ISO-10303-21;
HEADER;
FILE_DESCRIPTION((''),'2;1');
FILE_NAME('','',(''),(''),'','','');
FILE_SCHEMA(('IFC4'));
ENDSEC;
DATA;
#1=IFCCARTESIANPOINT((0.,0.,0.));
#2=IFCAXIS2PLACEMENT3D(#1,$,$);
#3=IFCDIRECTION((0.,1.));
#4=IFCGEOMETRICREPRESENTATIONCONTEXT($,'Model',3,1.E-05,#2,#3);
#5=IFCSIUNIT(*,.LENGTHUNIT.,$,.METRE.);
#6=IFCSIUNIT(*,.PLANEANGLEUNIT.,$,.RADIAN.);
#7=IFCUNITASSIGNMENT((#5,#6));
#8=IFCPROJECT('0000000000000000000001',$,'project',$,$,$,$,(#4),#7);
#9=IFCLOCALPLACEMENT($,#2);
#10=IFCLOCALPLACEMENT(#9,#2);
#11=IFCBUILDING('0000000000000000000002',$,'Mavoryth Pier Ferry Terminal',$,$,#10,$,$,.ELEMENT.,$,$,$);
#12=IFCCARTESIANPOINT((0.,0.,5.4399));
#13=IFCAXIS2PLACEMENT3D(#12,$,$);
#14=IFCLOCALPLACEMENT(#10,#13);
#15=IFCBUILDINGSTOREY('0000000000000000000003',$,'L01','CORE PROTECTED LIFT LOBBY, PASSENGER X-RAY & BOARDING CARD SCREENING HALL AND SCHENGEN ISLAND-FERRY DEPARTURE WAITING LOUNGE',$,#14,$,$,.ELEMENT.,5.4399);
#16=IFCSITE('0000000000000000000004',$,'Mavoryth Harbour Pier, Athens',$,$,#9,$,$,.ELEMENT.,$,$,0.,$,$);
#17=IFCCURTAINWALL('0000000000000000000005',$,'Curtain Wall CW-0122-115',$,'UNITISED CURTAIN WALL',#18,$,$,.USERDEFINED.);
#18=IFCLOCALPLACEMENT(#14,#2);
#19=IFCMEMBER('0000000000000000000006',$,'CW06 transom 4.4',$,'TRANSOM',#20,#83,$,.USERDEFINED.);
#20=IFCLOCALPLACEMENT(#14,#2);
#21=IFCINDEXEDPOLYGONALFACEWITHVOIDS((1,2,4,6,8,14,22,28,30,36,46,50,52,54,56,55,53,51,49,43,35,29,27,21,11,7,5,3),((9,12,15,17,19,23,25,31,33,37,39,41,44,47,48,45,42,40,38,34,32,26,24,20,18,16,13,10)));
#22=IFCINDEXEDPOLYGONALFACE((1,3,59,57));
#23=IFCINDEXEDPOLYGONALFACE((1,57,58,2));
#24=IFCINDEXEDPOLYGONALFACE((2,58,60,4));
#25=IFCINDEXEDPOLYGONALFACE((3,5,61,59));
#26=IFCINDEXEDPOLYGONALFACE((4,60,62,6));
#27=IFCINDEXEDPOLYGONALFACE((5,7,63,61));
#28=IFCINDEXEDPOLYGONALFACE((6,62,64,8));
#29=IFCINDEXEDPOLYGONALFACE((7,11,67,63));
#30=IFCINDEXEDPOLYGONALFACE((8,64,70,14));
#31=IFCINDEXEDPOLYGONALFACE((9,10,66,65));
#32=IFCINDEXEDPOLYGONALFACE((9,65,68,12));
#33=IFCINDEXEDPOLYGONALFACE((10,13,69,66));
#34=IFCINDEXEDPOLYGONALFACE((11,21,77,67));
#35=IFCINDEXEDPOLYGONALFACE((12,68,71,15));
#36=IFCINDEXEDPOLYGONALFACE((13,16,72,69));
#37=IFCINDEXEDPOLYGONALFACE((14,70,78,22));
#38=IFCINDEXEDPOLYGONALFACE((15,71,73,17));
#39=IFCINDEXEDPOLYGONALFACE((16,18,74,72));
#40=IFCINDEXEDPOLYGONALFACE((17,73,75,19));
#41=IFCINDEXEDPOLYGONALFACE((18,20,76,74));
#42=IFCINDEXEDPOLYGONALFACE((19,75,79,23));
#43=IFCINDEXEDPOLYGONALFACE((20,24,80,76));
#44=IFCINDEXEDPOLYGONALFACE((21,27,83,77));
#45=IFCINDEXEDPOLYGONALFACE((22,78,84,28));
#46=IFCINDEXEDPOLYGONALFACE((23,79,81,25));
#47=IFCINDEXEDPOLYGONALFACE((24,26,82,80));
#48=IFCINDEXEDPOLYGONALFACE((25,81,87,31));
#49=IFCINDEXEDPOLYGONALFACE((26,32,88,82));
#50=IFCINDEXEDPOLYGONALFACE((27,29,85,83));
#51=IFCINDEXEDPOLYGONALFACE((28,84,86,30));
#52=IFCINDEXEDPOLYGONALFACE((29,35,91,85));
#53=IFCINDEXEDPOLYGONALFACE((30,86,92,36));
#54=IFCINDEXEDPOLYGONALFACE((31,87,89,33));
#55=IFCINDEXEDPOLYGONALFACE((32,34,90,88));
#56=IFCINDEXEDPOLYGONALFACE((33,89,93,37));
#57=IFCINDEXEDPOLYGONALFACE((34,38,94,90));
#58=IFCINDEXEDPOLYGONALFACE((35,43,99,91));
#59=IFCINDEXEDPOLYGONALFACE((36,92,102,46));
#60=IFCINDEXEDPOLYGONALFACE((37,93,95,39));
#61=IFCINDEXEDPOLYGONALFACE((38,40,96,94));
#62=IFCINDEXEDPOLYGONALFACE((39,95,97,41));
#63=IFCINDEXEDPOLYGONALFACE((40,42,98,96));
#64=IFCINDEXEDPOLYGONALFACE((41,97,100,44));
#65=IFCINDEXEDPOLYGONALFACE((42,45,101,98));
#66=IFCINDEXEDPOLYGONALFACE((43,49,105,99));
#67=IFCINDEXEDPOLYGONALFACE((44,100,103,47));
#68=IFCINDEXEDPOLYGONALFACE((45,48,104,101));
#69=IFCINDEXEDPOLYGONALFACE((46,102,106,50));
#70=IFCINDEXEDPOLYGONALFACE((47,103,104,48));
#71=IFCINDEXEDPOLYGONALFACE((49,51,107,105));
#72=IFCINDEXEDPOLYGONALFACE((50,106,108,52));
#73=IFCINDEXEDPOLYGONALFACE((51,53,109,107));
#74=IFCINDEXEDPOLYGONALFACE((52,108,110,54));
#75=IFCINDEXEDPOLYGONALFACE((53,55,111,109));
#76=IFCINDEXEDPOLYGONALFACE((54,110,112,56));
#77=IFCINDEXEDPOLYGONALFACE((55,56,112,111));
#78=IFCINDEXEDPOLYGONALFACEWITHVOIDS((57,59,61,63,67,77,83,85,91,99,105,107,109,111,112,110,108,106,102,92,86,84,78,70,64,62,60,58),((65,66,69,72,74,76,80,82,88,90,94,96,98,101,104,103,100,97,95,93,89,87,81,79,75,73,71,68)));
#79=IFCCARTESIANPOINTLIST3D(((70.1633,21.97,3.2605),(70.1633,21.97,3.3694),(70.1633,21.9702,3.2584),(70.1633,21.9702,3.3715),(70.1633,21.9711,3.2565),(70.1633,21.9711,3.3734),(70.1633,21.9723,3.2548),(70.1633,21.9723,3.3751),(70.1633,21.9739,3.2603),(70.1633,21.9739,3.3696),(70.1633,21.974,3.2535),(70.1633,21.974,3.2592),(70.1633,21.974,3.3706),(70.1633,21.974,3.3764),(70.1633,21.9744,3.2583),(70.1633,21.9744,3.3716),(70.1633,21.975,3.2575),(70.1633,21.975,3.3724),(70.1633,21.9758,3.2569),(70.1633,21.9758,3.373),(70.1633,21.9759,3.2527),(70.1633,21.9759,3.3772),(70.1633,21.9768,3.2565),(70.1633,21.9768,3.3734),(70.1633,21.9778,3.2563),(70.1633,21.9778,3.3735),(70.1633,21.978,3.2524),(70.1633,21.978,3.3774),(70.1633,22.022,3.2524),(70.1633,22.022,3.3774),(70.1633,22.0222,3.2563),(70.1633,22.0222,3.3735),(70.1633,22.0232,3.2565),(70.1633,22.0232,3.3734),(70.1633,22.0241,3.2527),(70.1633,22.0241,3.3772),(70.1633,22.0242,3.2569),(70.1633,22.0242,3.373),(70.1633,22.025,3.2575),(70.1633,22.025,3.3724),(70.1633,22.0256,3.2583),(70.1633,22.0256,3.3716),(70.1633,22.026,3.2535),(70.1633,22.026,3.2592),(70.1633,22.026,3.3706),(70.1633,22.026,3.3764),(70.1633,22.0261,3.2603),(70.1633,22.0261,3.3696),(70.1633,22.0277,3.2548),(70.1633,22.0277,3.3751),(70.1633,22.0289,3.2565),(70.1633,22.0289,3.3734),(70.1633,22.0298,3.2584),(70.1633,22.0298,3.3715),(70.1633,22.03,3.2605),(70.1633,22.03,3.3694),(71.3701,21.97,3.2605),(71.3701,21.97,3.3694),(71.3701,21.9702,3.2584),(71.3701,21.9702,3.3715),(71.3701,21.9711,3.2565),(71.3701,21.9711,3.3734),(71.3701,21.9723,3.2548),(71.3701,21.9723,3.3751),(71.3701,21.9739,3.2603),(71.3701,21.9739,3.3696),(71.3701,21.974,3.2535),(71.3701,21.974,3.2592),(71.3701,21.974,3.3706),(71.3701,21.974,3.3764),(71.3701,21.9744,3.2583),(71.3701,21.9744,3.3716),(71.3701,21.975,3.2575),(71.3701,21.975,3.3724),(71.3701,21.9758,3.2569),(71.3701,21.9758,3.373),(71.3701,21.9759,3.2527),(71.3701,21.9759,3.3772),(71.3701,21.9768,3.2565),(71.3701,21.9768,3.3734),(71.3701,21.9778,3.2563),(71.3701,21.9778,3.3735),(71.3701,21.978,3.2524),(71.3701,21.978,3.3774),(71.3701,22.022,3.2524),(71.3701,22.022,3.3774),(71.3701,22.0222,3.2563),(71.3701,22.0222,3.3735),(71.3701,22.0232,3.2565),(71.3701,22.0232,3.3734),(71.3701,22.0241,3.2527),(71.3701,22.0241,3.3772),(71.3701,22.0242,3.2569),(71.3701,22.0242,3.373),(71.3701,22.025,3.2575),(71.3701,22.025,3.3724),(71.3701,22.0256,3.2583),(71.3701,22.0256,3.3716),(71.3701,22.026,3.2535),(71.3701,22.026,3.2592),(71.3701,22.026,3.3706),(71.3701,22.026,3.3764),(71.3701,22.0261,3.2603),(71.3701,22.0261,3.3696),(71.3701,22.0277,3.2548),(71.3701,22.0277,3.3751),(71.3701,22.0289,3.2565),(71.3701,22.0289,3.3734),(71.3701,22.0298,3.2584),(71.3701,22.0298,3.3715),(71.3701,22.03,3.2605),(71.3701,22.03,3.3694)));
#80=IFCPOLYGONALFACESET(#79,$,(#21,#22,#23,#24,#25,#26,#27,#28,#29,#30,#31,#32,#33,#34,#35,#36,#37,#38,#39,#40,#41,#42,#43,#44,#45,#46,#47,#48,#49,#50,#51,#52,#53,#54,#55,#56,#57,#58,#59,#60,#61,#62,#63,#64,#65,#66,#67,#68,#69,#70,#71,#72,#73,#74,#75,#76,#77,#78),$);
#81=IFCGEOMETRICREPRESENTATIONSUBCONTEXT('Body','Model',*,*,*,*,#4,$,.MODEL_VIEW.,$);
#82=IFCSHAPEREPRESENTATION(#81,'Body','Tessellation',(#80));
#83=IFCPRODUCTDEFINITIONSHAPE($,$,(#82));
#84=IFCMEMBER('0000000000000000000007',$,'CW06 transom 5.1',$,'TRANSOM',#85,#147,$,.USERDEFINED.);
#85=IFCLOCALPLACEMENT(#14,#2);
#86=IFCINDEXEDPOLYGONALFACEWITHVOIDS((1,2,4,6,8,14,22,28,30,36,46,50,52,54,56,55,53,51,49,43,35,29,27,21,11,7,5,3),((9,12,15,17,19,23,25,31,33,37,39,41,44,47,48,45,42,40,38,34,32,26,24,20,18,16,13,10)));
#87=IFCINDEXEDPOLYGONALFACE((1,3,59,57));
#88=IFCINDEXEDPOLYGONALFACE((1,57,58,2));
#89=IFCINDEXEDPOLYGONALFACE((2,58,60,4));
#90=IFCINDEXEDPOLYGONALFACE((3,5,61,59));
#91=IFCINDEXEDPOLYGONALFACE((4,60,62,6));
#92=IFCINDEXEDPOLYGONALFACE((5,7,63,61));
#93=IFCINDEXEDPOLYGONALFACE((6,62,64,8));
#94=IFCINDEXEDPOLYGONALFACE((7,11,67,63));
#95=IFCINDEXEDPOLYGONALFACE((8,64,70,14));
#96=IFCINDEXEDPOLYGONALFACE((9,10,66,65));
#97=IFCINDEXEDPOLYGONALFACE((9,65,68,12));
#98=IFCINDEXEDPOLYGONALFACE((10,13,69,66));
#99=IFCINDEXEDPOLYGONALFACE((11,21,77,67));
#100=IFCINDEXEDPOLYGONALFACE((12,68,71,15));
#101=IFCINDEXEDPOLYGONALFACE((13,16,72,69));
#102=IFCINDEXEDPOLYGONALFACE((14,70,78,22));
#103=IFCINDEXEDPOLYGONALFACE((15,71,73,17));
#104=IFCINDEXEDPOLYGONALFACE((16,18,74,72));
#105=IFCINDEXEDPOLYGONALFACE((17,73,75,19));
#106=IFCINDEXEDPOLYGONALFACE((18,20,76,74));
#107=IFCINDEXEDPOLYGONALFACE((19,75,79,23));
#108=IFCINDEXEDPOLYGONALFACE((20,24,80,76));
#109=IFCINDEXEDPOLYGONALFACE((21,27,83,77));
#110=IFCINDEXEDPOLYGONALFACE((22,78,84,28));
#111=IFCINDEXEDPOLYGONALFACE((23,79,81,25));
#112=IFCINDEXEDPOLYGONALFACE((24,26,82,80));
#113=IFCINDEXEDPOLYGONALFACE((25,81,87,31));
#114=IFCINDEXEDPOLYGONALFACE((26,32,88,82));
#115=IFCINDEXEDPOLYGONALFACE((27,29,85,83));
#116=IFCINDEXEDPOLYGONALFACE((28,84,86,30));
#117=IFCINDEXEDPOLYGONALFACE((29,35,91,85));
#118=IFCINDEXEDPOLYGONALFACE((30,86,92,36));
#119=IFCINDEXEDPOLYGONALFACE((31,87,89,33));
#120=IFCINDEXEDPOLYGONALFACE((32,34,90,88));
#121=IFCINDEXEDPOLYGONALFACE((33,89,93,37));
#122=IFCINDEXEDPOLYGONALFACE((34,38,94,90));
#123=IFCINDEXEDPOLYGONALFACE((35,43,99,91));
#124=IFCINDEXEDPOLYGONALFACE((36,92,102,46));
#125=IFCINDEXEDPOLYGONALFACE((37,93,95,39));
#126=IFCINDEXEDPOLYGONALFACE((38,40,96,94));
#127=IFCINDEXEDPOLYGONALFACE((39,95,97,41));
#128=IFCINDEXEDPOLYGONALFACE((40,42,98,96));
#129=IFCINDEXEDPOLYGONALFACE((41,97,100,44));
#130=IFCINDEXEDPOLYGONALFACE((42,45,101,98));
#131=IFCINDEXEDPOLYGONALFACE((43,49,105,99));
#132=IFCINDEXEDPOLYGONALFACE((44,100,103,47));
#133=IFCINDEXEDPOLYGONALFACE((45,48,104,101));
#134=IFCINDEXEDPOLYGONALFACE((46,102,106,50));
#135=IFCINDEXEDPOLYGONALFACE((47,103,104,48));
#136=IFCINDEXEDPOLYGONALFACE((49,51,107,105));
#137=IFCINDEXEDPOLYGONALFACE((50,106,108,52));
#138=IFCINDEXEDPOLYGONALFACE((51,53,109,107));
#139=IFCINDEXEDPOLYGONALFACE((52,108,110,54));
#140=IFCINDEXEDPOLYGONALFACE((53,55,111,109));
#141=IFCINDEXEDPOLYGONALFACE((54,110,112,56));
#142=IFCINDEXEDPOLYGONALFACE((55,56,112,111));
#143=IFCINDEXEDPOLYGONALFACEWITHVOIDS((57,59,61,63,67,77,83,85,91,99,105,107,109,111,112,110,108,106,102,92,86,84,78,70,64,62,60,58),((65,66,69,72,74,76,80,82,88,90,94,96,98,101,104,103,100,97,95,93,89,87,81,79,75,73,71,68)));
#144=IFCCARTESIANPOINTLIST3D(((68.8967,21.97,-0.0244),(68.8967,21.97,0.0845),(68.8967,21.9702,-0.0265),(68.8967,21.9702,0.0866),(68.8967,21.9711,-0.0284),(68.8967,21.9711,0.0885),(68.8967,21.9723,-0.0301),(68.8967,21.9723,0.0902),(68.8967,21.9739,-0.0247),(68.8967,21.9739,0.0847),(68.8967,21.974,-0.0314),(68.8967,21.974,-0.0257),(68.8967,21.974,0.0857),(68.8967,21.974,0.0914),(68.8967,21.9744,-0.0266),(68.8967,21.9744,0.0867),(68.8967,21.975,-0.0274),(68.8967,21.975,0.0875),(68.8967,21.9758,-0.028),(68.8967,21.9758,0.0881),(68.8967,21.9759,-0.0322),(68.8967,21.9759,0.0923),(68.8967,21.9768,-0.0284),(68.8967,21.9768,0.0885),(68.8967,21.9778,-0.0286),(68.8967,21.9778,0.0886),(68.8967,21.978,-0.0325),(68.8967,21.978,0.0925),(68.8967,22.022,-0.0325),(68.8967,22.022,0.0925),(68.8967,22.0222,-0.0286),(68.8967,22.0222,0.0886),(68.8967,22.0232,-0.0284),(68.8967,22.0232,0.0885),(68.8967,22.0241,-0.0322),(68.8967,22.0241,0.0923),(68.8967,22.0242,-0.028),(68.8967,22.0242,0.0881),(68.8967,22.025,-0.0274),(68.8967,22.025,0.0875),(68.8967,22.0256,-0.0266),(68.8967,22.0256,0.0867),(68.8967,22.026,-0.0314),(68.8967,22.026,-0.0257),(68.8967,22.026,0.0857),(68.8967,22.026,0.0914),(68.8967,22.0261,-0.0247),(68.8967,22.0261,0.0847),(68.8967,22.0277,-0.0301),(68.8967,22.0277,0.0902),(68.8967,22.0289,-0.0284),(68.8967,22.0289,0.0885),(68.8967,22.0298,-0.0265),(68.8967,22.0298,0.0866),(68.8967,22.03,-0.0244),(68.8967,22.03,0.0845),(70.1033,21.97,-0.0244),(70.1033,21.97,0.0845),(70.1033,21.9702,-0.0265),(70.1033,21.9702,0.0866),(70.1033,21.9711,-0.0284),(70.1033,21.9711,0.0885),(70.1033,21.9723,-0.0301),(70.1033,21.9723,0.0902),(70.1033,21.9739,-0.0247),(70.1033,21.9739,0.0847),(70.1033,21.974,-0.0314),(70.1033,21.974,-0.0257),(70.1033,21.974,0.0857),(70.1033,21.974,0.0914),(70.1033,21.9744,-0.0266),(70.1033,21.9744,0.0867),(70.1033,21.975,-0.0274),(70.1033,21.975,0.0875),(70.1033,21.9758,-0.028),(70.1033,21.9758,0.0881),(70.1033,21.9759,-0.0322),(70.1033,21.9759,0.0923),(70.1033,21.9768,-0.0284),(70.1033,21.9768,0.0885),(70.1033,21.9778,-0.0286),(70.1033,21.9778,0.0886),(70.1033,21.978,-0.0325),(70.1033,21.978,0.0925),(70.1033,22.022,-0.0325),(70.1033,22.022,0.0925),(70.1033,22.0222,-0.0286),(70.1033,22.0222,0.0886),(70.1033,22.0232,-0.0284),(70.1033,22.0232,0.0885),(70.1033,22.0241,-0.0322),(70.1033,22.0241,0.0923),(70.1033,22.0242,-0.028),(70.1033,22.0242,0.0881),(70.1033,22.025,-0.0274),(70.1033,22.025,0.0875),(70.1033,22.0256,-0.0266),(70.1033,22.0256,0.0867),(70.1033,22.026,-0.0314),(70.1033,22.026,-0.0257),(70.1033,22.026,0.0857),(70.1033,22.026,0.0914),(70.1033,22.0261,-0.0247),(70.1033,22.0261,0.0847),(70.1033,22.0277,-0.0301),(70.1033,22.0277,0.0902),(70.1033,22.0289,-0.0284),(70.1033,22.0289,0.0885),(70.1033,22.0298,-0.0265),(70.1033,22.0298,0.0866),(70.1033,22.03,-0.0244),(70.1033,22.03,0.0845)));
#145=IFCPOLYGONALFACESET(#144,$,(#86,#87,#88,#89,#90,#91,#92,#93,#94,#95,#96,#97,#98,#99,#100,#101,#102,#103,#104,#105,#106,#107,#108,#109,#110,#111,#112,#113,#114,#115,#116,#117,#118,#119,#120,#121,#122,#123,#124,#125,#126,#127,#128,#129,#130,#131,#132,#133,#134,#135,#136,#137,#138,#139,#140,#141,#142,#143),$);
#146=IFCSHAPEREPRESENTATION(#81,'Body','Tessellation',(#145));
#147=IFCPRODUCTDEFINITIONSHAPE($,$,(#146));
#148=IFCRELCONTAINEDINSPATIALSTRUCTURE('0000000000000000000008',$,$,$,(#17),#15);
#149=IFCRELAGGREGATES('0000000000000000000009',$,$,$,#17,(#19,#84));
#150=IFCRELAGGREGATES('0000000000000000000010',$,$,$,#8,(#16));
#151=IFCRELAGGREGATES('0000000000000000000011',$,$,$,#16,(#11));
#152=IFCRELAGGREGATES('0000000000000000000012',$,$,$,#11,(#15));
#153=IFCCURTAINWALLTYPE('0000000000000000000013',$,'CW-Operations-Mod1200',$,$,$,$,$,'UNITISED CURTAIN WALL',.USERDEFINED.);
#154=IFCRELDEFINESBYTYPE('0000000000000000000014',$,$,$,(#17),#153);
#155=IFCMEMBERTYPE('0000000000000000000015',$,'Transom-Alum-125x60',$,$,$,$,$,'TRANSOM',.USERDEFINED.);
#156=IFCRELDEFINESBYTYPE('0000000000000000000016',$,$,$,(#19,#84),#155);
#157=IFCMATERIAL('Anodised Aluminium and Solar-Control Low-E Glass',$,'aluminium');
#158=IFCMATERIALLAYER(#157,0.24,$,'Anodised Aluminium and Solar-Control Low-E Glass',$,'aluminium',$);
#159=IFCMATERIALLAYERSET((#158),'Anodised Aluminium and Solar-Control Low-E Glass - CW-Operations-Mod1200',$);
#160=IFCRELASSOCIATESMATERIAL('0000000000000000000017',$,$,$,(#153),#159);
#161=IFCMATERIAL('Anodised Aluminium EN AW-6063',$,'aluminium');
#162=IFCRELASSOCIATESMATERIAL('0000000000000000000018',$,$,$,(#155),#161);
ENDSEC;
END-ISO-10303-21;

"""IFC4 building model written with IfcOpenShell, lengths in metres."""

from ifc_helpers import new_model, si_unit, direction, frame, origin, origin_2d, place, context, subcontext, project, spatial, hollow_rectangle, extrude, material, layer, layer_set, material_profile, profile_set, type_object, element, aggregate, save


model = new_model("IFC4")

# Units and contexts
model_context = context("Model", 3, precision=1e-05, world=origin(), true_north=direction((0.0, 1.0)))
body_context = subcontext(model_context, "Body", "Model", "MODEL_VIEW")
ifc_project = project(units=[si_unit("LENGTHUNIT", "METRE"), si_unit("PLANEANGLEUNIT", "RADIAN")], contexts=[model_context])

# Site, building, storey
site_placement = place(None, origin())
site = spatial("IfcSite", under=ifc_project, at=site_placement, Name="Mavoryth Harbour Pier, Athens", CompositionType="ELEMENT", RefElevation=0.0)
building_placement = place(site_placement, origin())
building = spatial("IfcBuilding", under=site, at=building_placement, Name="Mavoryth Pier Ferry Terminal", CompositionType="ELEMENT")
storey_placement = place(building_placement, frame((0.0, 0.0, 5.4399)))
storey = spatial("IfcBuildingStorey", under=building, at=storey_placement, Name="L01", Description="CORE PROTECTED LIFT LOBBY, PASSENGER X-RAY & BOARDING CARD SCREENING HALL AND SCHENGEN ISLAND-FERRY DEPARTURE WAITING LOUNGE", CompositionType="ELEMENT", Elevation=5.4399)

# Curtain wall
ifc_material_1 = material(Name="Anodised Aluminium and Solar-Control Low-E Glass", Category="aluminium")
ifc_layer_1 = layer(ifc_material_1, 0.24, Name="Anodised Aluminium and Solar-Control Low-E Glass", Category="aluminium")
ifc_layer_set_1 = layer_set([ifc_layer_1], Name="Anodised Aluminium and Solar-Control Low-E Glass - CW-Operations-Mod1200")
curtain_wall_type = type_object("IfcCurtainWallType", Name="CW-Operations-Mod1200", ElementType="UNITISED CURTAIN WALL", PredefinedType="USERDEFINED", material=ifc_layer_set_1)
ifc_material_2 = material(Name="Anodised Aluminium EN AW-6063", Category="aluminium")
curtain_wall_1_placement = place(storey_placement, origin())
curtain_wall_1 = element("IfcCurtainWall", 1, at=curtain_wall_1_placement, inside=storey, type_object=curtain_wall_type, Name="Curtain Wall CW-0122-115", ObjectType="UNITISED CURTAIN WALL", PredefinedType="USERDEFINED")

# Members
ifc_material_profile_1 = material_profile(ifc_material_2, hollow_rectangle(XDim=0.0601, YDim=0.125, WallThickness=0.0039, InnerFilletRadius=0.0039, OuterFilletRadius=0.0081, at=origin_2d()), Name="AL-TRAN 125x60x4", Category="aluminium")
ifc_profile_set_1 = profile_set([ifc_material_profile_1], Name="Anodised Aluminium EN AW-6063 - AL-TRAN 125x60x4")
member_type_1 = type_object("IfcMemberType", Name="Transom-Alum-125x60", ElementType="TRANSOM", PredefinedType="USERDEFINED", material=ifc_profile_set_1)
member_1_placement = place(storey_placement, frame((71.3701, 22.0, 3.3149), z_axis=(-1.0, 0.0, 0.0), x_axis=(0.0, -1.0, 0.0)))
member_1 = element("IfcMember", 2, at=member_1_placement, type_object=member_type_1, Name="CW06 transom 4.4", ObjectType="TRANSOM", PredefinedType="USERDEFINED", context=body_context, shape_type="SweptSolid", body=[
    extrude(hollow_rectangle(XDim=0.0601, YDim=0.125, WallThickness=0.0039, InnerFilletRadius=0.0039, OuterFilletRadius=0.0081, at=origin_2d()), origin(), (0.0, 0.0, 1.0), 1.2068),
])
member_2_placement = place(storey_placement, frame((70.1033, 22.0, 0.03), z_axis=(-1.0, 0.0, 0.0), x_axis=(0.0, -1.0, 0.0)))
member_2 = element("IfcMember", 3, at=member_2_placement, type_object=member_type_1, Name="CW06 transom 5.1", ObjectType="TRANSOM", PredefinedType="USERDEFINED", context=body_context, shape_type="SweptSolid", body=[
    extrude(hollow_rectangle(XDim=0.0601, YDim=0.125, WallThickness=0.0039, InnerFilletRadius=0.0039, OuterFilletRadius=0.0081, at=origin_2d()), origin(), (0.0, 0.0, 1.0), 1.2065),
])

aggregate(curtain_wall_1, [member_1, member_2])

save(model, "model.ifc")
